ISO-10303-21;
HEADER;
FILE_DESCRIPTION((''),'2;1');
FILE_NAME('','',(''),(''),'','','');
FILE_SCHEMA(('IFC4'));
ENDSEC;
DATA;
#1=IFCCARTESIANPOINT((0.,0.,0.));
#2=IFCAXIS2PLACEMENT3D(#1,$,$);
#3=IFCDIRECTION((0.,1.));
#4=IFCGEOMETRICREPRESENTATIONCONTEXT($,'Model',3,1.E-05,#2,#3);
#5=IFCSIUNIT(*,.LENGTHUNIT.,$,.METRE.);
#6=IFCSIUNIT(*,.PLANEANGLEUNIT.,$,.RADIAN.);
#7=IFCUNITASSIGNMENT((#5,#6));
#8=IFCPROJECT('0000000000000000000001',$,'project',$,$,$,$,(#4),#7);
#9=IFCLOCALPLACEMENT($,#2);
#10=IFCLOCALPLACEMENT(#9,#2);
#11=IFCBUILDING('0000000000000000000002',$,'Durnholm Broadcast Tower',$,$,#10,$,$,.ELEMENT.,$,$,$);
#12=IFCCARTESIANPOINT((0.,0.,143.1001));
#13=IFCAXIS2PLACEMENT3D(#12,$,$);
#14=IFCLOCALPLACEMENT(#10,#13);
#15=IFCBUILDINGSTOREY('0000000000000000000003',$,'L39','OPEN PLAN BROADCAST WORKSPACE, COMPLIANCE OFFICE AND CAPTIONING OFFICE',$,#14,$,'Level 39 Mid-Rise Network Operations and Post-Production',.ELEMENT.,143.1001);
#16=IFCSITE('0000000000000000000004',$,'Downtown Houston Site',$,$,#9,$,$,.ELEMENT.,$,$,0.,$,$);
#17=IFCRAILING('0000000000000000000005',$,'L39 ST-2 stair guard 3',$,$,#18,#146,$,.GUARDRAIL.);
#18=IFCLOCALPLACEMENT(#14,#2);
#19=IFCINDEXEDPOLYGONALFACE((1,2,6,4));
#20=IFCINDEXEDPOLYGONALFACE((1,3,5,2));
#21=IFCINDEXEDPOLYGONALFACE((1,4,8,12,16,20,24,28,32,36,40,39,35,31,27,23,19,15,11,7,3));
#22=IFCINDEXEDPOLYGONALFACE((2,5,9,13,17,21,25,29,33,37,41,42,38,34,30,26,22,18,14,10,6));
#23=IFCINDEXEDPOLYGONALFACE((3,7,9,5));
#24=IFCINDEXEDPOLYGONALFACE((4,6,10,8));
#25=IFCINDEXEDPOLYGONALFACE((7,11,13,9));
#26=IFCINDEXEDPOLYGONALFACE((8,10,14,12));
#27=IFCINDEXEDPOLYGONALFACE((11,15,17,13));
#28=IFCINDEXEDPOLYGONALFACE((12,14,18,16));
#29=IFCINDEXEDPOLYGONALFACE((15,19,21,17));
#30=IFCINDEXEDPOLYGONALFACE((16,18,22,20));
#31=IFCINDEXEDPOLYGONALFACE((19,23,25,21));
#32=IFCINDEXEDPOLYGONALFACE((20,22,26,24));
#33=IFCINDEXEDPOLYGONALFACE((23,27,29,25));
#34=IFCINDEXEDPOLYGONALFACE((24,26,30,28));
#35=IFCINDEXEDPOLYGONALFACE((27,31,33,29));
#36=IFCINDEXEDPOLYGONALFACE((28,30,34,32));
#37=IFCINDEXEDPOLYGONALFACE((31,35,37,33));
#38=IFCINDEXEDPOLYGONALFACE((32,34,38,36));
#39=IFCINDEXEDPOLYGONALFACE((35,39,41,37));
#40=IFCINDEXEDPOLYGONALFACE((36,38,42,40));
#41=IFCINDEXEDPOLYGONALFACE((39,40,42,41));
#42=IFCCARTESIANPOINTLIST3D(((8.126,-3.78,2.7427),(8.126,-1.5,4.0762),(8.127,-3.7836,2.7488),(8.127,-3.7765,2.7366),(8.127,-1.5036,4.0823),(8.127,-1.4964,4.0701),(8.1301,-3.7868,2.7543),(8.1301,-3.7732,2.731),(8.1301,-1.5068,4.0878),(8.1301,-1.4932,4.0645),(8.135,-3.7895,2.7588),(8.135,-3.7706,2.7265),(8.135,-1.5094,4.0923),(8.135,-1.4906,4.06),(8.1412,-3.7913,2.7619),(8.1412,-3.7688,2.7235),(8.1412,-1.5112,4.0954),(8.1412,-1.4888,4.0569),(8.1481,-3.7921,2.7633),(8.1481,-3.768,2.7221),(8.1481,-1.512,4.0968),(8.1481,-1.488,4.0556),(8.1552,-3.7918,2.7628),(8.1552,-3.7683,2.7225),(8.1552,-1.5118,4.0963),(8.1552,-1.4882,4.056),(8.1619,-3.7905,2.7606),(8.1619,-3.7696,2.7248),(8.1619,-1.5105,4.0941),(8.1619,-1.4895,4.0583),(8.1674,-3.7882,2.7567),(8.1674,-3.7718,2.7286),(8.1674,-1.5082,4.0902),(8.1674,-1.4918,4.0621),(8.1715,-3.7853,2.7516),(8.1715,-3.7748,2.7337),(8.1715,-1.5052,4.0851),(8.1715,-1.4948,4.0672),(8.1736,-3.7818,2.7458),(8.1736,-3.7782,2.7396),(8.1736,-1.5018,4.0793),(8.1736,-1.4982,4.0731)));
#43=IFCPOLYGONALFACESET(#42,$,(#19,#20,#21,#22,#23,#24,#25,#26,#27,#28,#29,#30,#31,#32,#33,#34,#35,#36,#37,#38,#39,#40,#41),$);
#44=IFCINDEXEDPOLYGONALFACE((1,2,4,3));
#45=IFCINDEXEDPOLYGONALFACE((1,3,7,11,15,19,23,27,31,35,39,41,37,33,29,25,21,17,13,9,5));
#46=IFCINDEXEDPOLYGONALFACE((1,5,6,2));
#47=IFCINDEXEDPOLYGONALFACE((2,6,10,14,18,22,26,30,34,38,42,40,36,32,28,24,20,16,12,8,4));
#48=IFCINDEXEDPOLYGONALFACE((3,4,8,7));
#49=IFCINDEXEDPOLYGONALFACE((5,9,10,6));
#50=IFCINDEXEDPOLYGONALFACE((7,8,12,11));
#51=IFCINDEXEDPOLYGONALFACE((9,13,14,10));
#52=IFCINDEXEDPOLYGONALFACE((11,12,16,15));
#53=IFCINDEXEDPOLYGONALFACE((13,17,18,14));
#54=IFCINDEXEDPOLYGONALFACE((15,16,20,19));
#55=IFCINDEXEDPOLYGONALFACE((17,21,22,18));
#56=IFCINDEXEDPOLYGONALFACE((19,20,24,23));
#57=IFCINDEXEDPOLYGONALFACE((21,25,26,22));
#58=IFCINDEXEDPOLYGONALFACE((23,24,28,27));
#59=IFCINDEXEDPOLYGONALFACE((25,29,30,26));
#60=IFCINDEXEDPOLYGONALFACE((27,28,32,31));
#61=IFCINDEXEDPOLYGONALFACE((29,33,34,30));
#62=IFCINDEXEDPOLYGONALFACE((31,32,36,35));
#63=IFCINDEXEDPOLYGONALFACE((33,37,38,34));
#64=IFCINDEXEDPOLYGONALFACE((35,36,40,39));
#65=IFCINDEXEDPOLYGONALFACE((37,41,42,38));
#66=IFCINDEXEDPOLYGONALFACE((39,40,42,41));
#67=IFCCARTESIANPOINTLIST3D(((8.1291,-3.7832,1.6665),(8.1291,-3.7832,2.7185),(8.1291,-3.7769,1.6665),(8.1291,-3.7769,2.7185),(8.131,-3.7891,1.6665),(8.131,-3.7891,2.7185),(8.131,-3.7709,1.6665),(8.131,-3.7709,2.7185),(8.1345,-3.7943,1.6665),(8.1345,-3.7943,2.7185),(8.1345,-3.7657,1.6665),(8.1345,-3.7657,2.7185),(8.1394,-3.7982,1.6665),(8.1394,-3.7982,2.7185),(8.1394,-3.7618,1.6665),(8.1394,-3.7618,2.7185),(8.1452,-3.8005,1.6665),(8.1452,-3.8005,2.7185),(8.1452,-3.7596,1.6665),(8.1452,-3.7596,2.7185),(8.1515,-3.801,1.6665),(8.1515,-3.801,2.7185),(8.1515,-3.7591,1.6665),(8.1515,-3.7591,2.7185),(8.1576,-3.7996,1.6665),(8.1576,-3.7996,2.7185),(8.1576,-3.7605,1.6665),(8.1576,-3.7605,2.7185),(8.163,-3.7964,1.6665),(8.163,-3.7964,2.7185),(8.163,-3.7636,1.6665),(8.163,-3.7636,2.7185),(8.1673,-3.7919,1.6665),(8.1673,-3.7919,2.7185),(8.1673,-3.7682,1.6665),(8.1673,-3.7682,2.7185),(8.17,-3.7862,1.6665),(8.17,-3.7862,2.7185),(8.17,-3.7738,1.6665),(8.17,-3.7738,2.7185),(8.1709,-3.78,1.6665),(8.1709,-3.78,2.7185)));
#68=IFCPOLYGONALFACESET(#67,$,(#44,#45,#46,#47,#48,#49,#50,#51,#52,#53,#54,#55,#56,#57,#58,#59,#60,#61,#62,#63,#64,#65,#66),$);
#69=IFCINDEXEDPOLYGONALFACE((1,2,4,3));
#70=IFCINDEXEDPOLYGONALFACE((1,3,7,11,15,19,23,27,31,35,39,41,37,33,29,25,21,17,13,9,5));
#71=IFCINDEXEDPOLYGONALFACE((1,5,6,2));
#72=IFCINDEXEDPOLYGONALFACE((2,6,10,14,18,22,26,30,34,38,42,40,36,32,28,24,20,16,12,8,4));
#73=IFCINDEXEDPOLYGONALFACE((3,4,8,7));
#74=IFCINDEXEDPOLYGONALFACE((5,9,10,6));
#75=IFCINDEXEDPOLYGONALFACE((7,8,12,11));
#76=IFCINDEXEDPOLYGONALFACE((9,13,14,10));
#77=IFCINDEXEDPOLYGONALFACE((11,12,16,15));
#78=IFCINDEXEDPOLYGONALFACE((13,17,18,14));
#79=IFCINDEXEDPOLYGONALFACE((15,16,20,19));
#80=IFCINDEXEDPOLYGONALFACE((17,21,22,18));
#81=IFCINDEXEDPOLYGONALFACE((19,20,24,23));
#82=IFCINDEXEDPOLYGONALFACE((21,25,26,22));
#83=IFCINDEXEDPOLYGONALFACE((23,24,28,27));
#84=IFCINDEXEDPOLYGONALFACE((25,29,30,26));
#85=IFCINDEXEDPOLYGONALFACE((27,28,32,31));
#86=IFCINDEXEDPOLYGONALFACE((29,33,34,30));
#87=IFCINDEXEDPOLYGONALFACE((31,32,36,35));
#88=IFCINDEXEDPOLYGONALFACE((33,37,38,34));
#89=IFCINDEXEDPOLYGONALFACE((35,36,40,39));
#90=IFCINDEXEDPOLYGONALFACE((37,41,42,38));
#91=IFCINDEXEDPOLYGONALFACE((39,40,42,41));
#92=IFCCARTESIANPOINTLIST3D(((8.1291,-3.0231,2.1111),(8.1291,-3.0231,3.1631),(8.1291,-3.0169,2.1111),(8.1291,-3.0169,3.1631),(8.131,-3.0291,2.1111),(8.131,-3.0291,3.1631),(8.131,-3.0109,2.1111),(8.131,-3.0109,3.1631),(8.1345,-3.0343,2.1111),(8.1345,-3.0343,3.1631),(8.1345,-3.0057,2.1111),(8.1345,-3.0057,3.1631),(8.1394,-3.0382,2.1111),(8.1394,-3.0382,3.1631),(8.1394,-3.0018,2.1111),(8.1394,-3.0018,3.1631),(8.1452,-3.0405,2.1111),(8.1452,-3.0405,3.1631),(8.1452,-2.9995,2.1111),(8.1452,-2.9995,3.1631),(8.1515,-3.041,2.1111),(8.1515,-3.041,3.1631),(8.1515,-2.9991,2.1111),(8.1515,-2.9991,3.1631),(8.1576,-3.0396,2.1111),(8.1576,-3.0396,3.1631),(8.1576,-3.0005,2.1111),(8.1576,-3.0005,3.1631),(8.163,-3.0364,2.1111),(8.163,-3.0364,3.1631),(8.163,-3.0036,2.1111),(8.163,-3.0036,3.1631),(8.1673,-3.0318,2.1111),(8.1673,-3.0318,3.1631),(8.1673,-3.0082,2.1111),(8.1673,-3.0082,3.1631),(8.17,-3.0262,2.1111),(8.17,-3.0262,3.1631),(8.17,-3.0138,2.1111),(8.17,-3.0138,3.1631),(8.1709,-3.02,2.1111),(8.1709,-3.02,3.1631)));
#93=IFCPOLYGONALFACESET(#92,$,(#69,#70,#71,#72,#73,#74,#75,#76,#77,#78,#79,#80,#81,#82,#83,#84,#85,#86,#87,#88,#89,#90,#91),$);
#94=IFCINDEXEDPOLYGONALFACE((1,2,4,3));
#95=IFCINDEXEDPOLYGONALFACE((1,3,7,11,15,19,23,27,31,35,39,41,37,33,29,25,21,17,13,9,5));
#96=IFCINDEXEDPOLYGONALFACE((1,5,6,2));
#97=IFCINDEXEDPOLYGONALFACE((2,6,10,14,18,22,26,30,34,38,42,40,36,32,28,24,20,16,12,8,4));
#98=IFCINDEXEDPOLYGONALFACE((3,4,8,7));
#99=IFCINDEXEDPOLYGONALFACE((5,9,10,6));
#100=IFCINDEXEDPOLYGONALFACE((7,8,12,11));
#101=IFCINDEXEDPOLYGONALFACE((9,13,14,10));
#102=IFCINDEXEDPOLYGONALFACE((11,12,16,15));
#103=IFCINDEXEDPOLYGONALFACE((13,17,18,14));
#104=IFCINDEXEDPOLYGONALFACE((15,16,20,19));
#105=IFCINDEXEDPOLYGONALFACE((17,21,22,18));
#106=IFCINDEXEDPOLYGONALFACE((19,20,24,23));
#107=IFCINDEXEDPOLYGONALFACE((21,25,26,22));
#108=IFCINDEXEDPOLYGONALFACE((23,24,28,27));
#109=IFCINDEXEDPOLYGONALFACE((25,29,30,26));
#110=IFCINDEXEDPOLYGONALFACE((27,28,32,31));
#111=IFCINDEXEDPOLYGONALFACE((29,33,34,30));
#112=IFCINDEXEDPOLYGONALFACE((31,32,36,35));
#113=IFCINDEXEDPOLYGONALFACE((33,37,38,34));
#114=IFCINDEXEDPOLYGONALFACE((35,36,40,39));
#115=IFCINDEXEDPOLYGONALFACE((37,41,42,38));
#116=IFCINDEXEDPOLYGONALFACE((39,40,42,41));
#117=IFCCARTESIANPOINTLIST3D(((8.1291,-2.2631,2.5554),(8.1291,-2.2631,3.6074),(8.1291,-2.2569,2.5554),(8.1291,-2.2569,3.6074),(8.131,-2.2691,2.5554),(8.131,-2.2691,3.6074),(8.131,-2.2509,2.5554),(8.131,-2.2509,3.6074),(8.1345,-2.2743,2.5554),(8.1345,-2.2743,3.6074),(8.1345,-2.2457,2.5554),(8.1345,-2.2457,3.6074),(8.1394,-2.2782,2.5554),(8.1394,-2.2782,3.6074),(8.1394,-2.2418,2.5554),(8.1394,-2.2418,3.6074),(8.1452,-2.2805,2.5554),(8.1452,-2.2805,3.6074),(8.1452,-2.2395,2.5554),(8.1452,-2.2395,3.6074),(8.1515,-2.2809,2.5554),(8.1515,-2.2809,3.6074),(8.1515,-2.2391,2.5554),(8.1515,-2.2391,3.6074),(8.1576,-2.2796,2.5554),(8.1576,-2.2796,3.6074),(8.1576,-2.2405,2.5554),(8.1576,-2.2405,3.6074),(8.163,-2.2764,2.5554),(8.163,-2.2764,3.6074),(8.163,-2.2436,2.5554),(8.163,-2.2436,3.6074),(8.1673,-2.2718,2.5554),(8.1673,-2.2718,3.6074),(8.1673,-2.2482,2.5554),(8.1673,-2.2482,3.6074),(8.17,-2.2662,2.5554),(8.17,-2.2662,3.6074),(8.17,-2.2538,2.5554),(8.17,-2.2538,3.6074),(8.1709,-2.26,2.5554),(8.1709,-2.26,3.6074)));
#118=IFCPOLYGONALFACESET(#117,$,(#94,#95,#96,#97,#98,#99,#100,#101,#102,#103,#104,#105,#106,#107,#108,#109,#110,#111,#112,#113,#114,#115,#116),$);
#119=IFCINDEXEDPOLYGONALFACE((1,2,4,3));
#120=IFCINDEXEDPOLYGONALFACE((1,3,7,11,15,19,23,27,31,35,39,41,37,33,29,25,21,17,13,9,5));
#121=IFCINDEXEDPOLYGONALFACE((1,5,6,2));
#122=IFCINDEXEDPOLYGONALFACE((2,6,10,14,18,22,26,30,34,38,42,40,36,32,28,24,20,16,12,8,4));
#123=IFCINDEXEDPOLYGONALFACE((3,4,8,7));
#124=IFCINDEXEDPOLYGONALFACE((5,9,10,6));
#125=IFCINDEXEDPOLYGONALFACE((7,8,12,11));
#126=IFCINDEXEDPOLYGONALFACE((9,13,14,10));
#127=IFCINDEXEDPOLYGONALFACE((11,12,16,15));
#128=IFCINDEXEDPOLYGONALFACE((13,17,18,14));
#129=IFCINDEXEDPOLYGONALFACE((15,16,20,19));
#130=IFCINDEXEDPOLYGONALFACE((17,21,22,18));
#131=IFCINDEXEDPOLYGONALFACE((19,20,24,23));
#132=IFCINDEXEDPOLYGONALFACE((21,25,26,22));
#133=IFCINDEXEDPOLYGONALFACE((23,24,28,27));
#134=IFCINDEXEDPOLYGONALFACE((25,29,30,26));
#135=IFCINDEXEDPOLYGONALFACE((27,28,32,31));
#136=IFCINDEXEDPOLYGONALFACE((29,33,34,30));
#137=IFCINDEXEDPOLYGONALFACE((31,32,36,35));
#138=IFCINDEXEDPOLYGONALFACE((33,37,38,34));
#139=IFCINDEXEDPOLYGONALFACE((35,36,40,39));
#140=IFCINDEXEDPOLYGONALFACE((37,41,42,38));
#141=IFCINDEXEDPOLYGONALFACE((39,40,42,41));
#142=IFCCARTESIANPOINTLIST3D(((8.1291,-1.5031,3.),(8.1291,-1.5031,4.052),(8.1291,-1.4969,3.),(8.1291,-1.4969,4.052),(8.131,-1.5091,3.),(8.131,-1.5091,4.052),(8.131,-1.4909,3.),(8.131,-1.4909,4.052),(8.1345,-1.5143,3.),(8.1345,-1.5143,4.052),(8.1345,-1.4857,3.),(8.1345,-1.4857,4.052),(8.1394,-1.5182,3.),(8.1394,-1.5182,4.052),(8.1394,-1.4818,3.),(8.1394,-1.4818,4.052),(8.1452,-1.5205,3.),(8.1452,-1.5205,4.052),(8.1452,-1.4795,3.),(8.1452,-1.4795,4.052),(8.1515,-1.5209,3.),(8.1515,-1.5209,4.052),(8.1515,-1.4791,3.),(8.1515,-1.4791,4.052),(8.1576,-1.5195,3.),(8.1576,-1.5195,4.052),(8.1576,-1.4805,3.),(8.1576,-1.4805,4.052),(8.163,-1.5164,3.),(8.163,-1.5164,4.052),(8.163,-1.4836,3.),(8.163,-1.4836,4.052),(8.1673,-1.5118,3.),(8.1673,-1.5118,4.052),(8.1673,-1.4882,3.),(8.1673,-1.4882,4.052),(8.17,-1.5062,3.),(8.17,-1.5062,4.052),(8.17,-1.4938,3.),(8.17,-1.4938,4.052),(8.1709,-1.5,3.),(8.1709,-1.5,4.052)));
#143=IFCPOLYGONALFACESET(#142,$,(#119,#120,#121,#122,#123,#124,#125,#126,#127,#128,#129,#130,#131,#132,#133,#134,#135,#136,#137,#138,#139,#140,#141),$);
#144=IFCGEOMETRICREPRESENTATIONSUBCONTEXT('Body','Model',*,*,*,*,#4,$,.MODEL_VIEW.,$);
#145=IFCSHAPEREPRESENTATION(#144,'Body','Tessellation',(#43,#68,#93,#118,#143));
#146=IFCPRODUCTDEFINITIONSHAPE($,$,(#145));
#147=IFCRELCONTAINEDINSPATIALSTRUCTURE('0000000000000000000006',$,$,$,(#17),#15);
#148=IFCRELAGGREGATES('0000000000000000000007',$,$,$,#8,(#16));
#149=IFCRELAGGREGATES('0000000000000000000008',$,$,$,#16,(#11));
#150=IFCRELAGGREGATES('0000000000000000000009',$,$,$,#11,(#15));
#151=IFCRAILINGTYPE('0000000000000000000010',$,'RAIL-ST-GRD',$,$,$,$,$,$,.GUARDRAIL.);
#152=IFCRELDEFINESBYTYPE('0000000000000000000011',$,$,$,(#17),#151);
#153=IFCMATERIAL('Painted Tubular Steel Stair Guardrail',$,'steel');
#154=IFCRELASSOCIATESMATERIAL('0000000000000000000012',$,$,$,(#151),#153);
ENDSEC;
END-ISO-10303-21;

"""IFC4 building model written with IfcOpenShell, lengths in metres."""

from ifc_helpers import new_model, si_unit, direction, frame, origin, origin_2d, place, context, subcontext, project, spatial, circle, extrude, material, type_object, element, save


model = new_model("IFC4")

# Units and contexts
model_context = context("Model", 3, precision=1e-05, world=origin(), true_north=direction((0.0, 1.0)))
body_context = subcontext(model_context, "Body", "Model", "MODEL_VIEW")
ifc_project = project(units=[si_unit("LENGTHUNIT", "METRE"), si_unit("PLANEANGLEUNIT", "RADIAN")], contexts=[model_context])

# Site, building, storey
site_placement = place(None, origin())
site = spatial("IfcSite", under=ifc_project, at=site_placement, Name="Downtown Houston Site", CompositionType="ELEMENT", RefElevation=0.0)
building_placement = place(site_placement, origin())
building = spatial("IfcBuilding", under=site, at=building_placement, Name="Durnholm Broadcast Tower", CompositionType="ELEMENT")
storey_placement = place(building_placement, frame((0.0, 0.0, 143.1001)))
storey = spatial("IfcBuildingStorey", under=building, at=storey_placement, Name="L39", Description="OPEN PLAN BROADCAST WORKSPACE, COMPLIANCE OFFICE AND CAPTIONING OFFICE", LongName="Level 39 Mid-Rise Network Operations and Post-Production", CompositionType="ELEMENT", Elevation=143.1001)

# Railing
ifc_material_1 = material(Name="Painted Tubular Steel Stair Guardrail", Category="steel")
railing_type_1 = type_object("IfcRailingType", Name="RAIL-ST-GRD", PredefinedType="GUARDRAIL", material=ifc_material_1)
railing_1_placement = place(storey_placement, frame((8.1499, -3.78, 1.6665)))
element("IfcRailing", 1, at=railing_1_placement, inside=storey, type_object=railing_type_1, Name="L39 ST-2 stair guard 3", PredefinedType="GUARDRAIL", context=body_context, shape_type="SweptSolid", body=[
    extrude(circle(Radius=0.0239, at=origin_2d()), frame((0.0, 0.0, 1.0762), z_axis=(0.0, 0.863205, 0.504853), x_axis=(-1.0, 0.0, 0.0)), (0.0, 0.0, 1.0), 2.6414),
    extrude(circle(Radius=0.021, at=origin_2d()), origin(), (0.0, 0.0, 1.0), 1.052),
    extrude(circle(Radius=0.021, at=origin_2d()), frame((0.0, 0.76, 0.4446)), (0.0, 0.0, 1.0), 1.052),
    extrude(circle(Radius=0.021, at=origin_2d()), frame((0.0, 1.52, 0.8889)), (0.0, 0.0, 1.0), 1.052),
    extrude(circle(Radius=0.021, at=origin_2d()), frame((0.0, 2.28, 1.3335)), (0.0, 0.0, 1.0), 1.052),
])

save(model, "model.ifc")
